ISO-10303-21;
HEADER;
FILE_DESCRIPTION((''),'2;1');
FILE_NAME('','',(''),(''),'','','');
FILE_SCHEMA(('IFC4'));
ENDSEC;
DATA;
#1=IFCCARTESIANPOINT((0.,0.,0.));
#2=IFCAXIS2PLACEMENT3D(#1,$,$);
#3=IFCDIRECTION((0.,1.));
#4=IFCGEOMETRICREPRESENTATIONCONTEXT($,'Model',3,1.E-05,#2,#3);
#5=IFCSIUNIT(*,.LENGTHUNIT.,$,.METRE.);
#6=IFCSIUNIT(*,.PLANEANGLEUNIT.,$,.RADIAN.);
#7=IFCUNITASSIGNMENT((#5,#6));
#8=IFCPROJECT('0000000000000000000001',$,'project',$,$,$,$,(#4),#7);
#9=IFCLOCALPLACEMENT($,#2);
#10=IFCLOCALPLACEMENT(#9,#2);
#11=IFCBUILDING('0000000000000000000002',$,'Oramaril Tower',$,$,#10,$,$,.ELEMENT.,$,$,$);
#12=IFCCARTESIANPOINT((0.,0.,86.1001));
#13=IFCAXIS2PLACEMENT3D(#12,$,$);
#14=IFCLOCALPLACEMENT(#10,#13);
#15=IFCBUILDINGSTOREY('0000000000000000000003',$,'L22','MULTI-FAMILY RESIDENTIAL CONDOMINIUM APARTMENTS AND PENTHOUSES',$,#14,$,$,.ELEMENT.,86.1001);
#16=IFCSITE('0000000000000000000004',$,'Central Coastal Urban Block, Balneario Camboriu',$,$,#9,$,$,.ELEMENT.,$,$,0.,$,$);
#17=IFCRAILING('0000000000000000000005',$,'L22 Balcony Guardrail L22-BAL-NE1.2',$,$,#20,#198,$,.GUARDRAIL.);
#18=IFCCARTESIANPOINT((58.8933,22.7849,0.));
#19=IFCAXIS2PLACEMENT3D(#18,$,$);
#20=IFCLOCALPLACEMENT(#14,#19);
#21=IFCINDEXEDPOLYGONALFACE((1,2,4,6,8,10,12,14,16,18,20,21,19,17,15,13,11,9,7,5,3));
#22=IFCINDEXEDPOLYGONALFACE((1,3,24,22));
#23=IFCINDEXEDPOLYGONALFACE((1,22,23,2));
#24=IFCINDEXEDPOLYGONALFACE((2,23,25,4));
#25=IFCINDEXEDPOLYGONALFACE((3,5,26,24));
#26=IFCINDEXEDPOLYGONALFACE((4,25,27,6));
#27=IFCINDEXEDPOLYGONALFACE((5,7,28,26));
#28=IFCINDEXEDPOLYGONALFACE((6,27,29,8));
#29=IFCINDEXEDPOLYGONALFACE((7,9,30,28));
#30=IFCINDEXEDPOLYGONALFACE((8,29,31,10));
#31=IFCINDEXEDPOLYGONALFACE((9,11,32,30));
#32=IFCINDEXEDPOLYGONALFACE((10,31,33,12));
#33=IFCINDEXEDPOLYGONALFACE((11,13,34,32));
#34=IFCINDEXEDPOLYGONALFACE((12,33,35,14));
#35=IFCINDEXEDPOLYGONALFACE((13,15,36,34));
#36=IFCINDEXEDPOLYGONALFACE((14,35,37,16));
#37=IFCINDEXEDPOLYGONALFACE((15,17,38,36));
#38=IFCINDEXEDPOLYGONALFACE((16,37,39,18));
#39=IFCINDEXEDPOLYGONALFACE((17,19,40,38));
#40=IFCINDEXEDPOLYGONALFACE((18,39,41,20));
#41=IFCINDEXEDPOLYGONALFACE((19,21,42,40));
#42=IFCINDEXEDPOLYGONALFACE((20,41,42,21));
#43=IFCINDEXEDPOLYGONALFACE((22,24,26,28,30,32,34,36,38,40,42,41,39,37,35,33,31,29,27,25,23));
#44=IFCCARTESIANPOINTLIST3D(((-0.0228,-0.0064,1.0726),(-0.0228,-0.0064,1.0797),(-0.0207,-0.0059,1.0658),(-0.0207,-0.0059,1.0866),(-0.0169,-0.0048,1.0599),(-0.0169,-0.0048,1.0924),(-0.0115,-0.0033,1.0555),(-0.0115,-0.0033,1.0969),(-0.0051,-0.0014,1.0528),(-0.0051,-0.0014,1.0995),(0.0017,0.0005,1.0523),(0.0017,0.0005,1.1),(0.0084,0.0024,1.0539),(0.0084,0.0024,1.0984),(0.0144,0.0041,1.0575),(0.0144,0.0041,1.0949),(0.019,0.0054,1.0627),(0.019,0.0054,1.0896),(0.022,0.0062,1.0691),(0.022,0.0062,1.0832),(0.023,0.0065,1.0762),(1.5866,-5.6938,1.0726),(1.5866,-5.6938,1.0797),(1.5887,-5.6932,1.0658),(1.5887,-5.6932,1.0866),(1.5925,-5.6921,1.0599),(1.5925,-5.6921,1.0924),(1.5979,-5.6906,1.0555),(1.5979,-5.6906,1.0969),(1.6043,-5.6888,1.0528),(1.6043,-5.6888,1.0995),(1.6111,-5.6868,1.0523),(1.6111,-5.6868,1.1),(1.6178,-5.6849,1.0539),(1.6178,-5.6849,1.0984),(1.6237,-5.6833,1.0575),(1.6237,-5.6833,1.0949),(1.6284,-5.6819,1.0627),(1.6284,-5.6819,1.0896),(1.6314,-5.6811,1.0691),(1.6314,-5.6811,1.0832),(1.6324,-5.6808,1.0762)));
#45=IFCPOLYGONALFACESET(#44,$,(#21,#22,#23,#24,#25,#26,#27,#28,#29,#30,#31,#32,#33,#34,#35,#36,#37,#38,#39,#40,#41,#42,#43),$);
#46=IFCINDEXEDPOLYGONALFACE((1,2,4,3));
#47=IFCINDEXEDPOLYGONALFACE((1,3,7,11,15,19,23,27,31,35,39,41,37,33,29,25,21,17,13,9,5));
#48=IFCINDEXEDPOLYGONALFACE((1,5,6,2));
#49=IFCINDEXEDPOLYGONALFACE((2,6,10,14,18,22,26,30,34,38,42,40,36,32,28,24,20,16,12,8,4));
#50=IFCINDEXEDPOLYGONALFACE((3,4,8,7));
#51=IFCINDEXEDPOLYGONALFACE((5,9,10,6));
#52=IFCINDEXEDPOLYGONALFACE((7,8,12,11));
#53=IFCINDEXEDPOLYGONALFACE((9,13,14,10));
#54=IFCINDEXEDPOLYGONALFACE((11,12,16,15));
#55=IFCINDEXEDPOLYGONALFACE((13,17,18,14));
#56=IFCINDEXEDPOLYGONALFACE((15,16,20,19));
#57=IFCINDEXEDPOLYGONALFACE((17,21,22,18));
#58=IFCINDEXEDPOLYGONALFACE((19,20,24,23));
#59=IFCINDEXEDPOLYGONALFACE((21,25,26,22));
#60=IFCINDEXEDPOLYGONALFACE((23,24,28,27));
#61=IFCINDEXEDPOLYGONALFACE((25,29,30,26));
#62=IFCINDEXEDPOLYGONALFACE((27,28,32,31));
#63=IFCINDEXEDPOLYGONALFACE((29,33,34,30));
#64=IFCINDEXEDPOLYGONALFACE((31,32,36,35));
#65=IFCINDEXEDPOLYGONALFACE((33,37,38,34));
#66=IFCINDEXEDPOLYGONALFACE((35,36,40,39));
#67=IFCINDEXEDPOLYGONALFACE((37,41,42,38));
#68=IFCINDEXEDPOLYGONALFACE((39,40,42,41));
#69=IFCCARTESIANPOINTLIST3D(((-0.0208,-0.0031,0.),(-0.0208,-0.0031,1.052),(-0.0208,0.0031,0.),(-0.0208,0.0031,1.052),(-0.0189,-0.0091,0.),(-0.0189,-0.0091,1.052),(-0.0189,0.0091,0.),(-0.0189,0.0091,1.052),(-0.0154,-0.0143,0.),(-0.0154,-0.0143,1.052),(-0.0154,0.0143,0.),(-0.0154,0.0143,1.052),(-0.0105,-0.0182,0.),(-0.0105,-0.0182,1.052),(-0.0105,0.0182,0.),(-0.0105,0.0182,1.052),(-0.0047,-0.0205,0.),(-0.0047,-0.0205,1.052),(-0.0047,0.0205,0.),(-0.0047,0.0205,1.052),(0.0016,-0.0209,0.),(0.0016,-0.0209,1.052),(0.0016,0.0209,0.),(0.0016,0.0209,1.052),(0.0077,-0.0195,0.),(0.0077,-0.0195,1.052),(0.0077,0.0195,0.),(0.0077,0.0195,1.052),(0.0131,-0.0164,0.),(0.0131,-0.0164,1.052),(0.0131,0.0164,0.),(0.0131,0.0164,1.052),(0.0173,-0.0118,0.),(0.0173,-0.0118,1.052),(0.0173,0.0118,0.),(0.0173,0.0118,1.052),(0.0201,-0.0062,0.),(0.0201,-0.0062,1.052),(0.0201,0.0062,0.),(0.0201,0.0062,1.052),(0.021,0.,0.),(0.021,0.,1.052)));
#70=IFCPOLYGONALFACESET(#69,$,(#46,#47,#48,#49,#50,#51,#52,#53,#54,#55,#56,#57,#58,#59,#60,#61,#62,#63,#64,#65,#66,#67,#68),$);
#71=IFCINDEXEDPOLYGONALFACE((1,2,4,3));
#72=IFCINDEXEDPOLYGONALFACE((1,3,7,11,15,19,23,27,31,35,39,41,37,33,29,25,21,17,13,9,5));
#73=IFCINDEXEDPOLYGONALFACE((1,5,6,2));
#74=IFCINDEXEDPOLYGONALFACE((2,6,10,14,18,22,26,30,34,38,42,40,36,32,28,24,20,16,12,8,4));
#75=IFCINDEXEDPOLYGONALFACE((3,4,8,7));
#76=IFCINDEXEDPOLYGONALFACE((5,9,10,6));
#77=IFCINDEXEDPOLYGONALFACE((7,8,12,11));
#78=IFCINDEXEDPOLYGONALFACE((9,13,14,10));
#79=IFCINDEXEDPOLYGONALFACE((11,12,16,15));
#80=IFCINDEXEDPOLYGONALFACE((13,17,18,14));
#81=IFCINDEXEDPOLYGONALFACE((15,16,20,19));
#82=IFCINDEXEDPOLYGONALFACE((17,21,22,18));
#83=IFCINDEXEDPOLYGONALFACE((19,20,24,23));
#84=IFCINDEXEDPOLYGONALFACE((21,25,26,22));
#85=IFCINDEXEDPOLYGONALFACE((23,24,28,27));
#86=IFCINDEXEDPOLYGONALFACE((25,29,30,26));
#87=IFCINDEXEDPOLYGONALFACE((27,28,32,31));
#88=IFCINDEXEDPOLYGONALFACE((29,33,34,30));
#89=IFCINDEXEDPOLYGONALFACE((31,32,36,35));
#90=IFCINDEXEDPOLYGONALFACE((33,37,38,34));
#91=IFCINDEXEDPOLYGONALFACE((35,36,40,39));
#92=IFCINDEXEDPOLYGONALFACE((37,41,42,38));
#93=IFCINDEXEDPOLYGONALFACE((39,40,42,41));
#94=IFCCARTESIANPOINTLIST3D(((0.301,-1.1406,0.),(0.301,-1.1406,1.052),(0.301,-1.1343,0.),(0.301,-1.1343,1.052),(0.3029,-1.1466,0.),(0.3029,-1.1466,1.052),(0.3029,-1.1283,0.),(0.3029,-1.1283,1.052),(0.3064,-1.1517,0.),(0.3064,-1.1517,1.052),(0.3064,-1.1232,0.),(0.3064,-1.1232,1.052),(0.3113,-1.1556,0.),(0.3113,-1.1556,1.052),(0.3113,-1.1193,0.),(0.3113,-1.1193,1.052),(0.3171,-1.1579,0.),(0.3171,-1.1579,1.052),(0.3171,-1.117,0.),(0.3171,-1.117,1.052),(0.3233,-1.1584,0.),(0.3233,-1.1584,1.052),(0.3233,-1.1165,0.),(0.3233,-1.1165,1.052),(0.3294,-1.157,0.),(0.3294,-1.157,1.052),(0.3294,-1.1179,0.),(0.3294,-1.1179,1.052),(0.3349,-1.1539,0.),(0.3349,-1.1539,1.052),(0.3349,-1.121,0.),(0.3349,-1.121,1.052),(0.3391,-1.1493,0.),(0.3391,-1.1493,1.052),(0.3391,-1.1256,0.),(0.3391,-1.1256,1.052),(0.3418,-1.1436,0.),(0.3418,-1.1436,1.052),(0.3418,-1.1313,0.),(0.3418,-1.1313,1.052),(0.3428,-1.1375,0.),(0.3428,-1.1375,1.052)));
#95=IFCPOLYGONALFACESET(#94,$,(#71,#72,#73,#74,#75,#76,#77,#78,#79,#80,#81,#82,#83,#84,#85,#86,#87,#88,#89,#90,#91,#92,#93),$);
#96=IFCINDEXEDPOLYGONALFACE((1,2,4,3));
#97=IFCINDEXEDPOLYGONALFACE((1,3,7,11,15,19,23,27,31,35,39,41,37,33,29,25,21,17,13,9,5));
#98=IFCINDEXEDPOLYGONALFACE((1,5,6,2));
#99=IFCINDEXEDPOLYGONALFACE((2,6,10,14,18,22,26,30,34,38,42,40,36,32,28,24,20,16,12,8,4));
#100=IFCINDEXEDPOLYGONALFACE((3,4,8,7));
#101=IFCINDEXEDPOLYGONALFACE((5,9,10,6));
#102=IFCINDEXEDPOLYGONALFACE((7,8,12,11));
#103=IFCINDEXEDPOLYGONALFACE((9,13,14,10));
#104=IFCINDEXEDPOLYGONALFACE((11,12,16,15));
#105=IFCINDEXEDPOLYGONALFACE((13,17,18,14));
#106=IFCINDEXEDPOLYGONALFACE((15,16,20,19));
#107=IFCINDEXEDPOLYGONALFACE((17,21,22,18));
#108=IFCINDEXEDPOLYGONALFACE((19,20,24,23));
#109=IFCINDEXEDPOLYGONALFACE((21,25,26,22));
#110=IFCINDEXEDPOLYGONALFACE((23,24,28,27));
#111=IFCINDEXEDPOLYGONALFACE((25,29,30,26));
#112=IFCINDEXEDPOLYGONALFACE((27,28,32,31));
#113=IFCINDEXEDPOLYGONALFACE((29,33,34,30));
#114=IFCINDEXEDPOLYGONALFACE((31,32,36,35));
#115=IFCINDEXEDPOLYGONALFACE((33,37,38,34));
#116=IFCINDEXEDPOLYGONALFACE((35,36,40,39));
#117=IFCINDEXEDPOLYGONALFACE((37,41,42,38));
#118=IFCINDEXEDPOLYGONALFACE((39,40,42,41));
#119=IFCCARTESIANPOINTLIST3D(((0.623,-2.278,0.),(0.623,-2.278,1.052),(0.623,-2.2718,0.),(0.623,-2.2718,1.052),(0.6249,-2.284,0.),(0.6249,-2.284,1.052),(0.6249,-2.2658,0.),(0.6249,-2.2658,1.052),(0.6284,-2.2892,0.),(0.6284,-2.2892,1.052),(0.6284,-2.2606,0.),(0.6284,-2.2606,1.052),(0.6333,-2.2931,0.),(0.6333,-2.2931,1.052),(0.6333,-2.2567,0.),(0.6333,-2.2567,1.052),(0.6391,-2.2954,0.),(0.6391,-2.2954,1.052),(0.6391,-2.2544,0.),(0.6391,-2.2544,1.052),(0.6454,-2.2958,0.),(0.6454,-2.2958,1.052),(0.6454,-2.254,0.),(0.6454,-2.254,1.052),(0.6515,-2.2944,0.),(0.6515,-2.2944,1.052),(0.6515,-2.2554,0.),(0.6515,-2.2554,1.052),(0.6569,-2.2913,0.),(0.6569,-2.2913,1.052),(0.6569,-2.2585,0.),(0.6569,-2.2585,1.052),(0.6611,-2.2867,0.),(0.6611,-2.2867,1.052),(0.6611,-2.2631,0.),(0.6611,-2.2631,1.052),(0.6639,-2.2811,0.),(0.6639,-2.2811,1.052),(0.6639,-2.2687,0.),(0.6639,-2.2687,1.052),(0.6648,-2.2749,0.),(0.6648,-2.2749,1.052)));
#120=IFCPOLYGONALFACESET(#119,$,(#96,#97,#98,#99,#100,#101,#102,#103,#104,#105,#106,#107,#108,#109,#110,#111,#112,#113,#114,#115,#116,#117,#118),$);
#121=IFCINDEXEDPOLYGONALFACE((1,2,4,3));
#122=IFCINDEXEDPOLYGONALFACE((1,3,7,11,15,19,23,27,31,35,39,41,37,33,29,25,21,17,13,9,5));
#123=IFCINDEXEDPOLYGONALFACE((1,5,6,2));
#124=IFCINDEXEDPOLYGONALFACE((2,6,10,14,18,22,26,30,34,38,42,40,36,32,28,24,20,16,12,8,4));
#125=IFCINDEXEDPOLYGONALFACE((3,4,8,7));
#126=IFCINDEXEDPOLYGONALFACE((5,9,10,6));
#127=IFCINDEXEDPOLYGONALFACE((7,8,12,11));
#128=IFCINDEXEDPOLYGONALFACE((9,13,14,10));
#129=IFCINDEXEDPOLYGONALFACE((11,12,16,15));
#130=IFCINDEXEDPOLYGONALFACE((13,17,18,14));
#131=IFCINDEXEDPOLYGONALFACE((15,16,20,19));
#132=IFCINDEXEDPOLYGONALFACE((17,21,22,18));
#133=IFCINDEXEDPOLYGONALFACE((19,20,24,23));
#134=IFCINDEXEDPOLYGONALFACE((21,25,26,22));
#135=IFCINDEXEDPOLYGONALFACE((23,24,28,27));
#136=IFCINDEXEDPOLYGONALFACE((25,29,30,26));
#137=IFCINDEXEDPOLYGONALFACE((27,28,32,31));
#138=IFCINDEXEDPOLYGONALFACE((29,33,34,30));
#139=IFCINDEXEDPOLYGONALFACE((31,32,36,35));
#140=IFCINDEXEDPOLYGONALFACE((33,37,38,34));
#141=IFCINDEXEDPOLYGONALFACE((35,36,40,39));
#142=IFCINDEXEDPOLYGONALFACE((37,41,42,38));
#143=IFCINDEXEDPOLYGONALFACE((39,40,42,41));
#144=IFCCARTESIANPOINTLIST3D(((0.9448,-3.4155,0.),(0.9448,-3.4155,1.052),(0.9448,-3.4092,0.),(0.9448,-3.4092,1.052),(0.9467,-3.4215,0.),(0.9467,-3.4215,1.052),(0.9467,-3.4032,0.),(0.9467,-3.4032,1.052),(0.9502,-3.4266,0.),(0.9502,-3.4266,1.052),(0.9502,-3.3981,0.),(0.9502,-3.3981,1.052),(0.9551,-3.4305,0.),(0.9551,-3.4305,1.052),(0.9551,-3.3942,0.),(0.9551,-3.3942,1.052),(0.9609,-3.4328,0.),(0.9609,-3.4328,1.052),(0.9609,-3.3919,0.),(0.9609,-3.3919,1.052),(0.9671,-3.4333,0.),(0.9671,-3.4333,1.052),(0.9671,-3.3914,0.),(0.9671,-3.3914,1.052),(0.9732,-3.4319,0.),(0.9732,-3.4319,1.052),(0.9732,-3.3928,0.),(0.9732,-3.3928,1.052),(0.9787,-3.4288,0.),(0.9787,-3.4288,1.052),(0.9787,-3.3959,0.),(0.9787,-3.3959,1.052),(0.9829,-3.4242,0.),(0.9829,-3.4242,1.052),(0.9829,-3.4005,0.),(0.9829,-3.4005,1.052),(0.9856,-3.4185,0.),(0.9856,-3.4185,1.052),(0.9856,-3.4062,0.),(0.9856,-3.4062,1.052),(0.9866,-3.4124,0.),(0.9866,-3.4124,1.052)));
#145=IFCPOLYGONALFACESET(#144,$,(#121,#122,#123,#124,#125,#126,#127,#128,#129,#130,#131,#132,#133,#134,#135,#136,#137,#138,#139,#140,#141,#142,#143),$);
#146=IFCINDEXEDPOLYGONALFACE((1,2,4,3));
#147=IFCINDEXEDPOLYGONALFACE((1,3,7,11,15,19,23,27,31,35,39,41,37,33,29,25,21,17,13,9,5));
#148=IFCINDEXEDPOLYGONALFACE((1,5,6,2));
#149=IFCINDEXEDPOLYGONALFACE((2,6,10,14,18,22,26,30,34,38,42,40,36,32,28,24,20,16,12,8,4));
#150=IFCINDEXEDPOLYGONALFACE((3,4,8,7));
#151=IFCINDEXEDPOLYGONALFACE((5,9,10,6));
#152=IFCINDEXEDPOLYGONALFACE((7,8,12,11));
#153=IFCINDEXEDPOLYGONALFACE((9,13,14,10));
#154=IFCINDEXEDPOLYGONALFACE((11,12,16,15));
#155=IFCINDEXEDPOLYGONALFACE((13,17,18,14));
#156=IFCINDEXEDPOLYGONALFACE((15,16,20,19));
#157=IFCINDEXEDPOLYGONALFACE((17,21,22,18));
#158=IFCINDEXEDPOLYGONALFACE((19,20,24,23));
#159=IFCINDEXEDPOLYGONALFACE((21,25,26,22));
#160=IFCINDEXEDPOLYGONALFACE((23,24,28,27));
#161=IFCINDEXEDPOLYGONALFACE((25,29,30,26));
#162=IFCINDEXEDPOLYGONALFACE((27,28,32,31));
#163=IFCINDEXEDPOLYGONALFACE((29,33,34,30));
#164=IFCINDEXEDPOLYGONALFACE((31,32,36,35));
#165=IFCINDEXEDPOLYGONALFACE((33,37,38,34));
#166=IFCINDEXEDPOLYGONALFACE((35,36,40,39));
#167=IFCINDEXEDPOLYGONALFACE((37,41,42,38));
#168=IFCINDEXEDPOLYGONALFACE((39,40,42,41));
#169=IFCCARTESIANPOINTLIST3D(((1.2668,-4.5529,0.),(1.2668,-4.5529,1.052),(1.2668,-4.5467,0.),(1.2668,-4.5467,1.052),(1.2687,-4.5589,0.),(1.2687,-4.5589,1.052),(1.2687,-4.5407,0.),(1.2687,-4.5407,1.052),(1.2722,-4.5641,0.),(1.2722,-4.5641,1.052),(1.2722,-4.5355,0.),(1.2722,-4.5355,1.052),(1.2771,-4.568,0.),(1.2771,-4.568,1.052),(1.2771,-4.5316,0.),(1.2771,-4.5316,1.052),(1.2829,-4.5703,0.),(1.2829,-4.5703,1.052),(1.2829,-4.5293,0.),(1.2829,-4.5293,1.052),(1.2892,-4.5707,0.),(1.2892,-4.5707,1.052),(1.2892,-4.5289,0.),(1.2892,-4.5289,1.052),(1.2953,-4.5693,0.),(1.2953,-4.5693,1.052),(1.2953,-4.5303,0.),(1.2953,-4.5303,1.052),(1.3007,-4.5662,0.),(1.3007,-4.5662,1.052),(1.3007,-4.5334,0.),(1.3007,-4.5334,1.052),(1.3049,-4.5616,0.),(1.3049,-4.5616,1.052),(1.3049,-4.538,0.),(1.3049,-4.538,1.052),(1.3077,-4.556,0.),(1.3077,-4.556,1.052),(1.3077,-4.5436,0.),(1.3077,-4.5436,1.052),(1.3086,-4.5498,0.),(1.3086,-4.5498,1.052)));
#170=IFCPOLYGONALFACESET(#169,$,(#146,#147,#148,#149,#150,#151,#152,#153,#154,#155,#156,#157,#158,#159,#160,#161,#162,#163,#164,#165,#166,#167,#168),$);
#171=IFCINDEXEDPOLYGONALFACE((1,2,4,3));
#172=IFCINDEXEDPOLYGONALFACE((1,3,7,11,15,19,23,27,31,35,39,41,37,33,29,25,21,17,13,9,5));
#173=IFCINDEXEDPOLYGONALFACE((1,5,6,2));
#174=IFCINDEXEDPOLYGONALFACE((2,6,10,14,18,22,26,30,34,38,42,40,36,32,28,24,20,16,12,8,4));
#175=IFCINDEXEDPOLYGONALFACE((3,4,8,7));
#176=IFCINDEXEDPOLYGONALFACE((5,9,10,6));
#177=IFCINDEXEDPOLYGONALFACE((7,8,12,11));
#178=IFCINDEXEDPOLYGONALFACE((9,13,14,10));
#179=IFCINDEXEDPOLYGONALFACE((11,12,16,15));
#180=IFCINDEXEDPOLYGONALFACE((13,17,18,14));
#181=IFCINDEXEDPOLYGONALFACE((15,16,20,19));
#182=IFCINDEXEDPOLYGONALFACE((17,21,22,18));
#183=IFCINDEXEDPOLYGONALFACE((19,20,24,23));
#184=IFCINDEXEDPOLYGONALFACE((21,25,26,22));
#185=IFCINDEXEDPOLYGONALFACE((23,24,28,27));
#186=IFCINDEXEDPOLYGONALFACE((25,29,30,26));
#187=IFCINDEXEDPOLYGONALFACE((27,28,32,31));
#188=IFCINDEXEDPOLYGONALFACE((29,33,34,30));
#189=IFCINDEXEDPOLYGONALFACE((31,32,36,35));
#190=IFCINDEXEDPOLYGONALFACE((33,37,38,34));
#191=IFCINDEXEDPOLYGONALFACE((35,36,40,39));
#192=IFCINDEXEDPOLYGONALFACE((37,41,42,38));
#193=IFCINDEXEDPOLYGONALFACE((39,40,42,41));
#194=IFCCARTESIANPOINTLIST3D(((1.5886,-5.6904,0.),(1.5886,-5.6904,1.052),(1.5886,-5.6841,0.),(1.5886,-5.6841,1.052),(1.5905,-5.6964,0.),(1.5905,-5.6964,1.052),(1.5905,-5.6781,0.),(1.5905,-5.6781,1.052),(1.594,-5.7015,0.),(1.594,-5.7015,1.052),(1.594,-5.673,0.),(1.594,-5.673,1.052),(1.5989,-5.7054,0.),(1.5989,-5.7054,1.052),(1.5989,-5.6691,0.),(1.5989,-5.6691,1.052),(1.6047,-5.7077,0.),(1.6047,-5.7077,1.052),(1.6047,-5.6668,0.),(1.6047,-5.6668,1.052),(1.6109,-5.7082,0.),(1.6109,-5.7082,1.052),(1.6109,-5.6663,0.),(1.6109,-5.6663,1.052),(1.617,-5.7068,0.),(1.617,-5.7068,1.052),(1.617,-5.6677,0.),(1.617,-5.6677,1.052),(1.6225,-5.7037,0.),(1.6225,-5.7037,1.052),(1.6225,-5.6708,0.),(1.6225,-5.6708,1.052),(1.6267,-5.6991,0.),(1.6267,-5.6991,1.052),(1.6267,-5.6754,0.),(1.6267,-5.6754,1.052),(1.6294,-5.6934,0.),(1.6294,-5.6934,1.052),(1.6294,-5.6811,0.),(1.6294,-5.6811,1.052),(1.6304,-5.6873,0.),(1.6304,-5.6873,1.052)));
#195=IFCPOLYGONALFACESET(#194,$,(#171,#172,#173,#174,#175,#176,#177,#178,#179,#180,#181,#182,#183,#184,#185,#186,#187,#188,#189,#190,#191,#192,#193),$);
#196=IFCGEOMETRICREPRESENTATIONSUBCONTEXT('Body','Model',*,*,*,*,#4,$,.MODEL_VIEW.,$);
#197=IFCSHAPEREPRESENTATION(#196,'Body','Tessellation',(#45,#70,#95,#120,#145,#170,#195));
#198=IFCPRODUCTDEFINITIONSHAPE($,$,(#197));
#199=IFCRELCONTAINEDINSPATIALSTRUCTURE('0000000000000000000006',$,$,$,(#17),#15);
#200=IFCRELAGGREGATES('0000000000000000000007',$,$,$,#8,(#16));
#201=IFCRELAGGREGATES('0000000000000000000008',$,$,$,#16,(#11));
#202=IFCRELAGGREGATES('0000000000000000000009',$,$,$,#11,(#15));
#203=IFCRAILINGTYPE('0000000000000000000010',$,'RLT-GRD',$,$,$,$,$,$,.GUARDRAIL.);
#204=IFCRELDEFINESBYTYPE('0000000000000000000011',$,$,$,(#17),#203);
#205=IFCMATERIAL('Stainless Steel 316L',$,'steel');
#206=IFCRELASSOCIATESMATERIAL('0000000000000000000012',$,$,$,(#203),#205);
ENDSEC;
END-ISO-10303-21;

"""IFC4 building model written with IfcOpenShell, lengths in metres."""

from ifc_helpers import new_model, si_unit, direction, frame, origin, origin_2d, place, context, subcontext, project, spatial, circle, extrude, material, type_object, element, save


model = new_model("IFC4")

# Units and contexts
model_context = context("Model", 3, precision=1e-05, world=origin(), true_north=direction((0.0, 1.0)))
body_context = subcontext(model_context, "Body", "Model", "MODEL_VIEW")
ifc_project = project(units=[si_unit("LENGTHUNIT", "METRE"), si_unit("PLANEANGLEUNIT", "RADIAN")], contexts=[model_context])

# Site, building, storey
site_placement = place(None, origin())
site = spatial("IfcSite", under=ifc_project, at=site_placement, Name="Central Coastal Urban Block, Balneario Camboriu", CompositionType="ELEMENT", RefElevation=0.0)
building_placement = place(site_placement, origin())
building = spatial("IfcBuilding", under=site, at=building_placement, Name="Oramaril Tower", CompositionType="ELEMENT")
storey_placement = place(building_placement, frame((0.0, 0.0, 86.1001)))
storey = spatial("IfcBuildingStorey", under=building, at=storey_placement, Name="L22", Description="MULTI-FAMILY RESIDENTIAL CONDOMINIUM APARTMENTS AND PENTHOUSES", CompositionType="ELEMENT", Elevation=86.1001)

# Railing
ifc_material_1 = material(Name="Stainless Steel 316L", Category="steel")
railing_type = type_object("IfcRailingType", Name="RLT-GRD", PredefinedType="GUARDRAIL", material=ifc_material_1)
railing_1_placement = place(storey_placement, frame((58.8933, 22.7849, 0.0)))
element("IfcRailing", 1, at=railing_1_placement, inside=storey, type_object=railing_type, Name="L22 Balcony Guardrail L22-BAL-NE1.2", PredefinedType="GUARDRAIL", context=body_context, shape_type="SweptSolid", body=[
    extrude(circle(Radius=0.0239, at=origin_2d()), frame((0.0, 0.0, 1.0762), z_axis=(0.272287, -0.962216, 0.0), x_axis=(0.962216, 0.272287, 0.0)), (0.0, 0.0, 1.0), 5.9106),
    extrude(circle(Radius=0.021, at=origin_2d()), origin(), (0.0, 0.0, 1.0), 1.052),
    extrude(circle(Radius=0.021, at=origin_2d()), frame((0.3218, -1.1375, 0.0)), (0.0, 0.0, 1.0), 1.052),
    extrude(circle(Radius=0.021, at=origin_2d()), frame((0.6438, -2.2749, 0.0)), (0.0, 0.0, 1.0), 1.052),
    extrude(circle(Radius=0.021, at=origin_2d()), frame((0.9656, -3.4124, 0.0)), (0.0, 0.0, 1.0), 1.052),
    extrude(circle(Radius=0.021, at=origin_2d()), frame((1.2876, -4.5498, 0.0)), (0.0, 0.0, 1.0), 1.052),
    extrude(circle(Radius=0.021, at=origin_2d()), frame((1.6094, -5.6873, 0.0)), (0.0, 0.0, 1.0), 1.052),
])

save(model, "model.ifc")
